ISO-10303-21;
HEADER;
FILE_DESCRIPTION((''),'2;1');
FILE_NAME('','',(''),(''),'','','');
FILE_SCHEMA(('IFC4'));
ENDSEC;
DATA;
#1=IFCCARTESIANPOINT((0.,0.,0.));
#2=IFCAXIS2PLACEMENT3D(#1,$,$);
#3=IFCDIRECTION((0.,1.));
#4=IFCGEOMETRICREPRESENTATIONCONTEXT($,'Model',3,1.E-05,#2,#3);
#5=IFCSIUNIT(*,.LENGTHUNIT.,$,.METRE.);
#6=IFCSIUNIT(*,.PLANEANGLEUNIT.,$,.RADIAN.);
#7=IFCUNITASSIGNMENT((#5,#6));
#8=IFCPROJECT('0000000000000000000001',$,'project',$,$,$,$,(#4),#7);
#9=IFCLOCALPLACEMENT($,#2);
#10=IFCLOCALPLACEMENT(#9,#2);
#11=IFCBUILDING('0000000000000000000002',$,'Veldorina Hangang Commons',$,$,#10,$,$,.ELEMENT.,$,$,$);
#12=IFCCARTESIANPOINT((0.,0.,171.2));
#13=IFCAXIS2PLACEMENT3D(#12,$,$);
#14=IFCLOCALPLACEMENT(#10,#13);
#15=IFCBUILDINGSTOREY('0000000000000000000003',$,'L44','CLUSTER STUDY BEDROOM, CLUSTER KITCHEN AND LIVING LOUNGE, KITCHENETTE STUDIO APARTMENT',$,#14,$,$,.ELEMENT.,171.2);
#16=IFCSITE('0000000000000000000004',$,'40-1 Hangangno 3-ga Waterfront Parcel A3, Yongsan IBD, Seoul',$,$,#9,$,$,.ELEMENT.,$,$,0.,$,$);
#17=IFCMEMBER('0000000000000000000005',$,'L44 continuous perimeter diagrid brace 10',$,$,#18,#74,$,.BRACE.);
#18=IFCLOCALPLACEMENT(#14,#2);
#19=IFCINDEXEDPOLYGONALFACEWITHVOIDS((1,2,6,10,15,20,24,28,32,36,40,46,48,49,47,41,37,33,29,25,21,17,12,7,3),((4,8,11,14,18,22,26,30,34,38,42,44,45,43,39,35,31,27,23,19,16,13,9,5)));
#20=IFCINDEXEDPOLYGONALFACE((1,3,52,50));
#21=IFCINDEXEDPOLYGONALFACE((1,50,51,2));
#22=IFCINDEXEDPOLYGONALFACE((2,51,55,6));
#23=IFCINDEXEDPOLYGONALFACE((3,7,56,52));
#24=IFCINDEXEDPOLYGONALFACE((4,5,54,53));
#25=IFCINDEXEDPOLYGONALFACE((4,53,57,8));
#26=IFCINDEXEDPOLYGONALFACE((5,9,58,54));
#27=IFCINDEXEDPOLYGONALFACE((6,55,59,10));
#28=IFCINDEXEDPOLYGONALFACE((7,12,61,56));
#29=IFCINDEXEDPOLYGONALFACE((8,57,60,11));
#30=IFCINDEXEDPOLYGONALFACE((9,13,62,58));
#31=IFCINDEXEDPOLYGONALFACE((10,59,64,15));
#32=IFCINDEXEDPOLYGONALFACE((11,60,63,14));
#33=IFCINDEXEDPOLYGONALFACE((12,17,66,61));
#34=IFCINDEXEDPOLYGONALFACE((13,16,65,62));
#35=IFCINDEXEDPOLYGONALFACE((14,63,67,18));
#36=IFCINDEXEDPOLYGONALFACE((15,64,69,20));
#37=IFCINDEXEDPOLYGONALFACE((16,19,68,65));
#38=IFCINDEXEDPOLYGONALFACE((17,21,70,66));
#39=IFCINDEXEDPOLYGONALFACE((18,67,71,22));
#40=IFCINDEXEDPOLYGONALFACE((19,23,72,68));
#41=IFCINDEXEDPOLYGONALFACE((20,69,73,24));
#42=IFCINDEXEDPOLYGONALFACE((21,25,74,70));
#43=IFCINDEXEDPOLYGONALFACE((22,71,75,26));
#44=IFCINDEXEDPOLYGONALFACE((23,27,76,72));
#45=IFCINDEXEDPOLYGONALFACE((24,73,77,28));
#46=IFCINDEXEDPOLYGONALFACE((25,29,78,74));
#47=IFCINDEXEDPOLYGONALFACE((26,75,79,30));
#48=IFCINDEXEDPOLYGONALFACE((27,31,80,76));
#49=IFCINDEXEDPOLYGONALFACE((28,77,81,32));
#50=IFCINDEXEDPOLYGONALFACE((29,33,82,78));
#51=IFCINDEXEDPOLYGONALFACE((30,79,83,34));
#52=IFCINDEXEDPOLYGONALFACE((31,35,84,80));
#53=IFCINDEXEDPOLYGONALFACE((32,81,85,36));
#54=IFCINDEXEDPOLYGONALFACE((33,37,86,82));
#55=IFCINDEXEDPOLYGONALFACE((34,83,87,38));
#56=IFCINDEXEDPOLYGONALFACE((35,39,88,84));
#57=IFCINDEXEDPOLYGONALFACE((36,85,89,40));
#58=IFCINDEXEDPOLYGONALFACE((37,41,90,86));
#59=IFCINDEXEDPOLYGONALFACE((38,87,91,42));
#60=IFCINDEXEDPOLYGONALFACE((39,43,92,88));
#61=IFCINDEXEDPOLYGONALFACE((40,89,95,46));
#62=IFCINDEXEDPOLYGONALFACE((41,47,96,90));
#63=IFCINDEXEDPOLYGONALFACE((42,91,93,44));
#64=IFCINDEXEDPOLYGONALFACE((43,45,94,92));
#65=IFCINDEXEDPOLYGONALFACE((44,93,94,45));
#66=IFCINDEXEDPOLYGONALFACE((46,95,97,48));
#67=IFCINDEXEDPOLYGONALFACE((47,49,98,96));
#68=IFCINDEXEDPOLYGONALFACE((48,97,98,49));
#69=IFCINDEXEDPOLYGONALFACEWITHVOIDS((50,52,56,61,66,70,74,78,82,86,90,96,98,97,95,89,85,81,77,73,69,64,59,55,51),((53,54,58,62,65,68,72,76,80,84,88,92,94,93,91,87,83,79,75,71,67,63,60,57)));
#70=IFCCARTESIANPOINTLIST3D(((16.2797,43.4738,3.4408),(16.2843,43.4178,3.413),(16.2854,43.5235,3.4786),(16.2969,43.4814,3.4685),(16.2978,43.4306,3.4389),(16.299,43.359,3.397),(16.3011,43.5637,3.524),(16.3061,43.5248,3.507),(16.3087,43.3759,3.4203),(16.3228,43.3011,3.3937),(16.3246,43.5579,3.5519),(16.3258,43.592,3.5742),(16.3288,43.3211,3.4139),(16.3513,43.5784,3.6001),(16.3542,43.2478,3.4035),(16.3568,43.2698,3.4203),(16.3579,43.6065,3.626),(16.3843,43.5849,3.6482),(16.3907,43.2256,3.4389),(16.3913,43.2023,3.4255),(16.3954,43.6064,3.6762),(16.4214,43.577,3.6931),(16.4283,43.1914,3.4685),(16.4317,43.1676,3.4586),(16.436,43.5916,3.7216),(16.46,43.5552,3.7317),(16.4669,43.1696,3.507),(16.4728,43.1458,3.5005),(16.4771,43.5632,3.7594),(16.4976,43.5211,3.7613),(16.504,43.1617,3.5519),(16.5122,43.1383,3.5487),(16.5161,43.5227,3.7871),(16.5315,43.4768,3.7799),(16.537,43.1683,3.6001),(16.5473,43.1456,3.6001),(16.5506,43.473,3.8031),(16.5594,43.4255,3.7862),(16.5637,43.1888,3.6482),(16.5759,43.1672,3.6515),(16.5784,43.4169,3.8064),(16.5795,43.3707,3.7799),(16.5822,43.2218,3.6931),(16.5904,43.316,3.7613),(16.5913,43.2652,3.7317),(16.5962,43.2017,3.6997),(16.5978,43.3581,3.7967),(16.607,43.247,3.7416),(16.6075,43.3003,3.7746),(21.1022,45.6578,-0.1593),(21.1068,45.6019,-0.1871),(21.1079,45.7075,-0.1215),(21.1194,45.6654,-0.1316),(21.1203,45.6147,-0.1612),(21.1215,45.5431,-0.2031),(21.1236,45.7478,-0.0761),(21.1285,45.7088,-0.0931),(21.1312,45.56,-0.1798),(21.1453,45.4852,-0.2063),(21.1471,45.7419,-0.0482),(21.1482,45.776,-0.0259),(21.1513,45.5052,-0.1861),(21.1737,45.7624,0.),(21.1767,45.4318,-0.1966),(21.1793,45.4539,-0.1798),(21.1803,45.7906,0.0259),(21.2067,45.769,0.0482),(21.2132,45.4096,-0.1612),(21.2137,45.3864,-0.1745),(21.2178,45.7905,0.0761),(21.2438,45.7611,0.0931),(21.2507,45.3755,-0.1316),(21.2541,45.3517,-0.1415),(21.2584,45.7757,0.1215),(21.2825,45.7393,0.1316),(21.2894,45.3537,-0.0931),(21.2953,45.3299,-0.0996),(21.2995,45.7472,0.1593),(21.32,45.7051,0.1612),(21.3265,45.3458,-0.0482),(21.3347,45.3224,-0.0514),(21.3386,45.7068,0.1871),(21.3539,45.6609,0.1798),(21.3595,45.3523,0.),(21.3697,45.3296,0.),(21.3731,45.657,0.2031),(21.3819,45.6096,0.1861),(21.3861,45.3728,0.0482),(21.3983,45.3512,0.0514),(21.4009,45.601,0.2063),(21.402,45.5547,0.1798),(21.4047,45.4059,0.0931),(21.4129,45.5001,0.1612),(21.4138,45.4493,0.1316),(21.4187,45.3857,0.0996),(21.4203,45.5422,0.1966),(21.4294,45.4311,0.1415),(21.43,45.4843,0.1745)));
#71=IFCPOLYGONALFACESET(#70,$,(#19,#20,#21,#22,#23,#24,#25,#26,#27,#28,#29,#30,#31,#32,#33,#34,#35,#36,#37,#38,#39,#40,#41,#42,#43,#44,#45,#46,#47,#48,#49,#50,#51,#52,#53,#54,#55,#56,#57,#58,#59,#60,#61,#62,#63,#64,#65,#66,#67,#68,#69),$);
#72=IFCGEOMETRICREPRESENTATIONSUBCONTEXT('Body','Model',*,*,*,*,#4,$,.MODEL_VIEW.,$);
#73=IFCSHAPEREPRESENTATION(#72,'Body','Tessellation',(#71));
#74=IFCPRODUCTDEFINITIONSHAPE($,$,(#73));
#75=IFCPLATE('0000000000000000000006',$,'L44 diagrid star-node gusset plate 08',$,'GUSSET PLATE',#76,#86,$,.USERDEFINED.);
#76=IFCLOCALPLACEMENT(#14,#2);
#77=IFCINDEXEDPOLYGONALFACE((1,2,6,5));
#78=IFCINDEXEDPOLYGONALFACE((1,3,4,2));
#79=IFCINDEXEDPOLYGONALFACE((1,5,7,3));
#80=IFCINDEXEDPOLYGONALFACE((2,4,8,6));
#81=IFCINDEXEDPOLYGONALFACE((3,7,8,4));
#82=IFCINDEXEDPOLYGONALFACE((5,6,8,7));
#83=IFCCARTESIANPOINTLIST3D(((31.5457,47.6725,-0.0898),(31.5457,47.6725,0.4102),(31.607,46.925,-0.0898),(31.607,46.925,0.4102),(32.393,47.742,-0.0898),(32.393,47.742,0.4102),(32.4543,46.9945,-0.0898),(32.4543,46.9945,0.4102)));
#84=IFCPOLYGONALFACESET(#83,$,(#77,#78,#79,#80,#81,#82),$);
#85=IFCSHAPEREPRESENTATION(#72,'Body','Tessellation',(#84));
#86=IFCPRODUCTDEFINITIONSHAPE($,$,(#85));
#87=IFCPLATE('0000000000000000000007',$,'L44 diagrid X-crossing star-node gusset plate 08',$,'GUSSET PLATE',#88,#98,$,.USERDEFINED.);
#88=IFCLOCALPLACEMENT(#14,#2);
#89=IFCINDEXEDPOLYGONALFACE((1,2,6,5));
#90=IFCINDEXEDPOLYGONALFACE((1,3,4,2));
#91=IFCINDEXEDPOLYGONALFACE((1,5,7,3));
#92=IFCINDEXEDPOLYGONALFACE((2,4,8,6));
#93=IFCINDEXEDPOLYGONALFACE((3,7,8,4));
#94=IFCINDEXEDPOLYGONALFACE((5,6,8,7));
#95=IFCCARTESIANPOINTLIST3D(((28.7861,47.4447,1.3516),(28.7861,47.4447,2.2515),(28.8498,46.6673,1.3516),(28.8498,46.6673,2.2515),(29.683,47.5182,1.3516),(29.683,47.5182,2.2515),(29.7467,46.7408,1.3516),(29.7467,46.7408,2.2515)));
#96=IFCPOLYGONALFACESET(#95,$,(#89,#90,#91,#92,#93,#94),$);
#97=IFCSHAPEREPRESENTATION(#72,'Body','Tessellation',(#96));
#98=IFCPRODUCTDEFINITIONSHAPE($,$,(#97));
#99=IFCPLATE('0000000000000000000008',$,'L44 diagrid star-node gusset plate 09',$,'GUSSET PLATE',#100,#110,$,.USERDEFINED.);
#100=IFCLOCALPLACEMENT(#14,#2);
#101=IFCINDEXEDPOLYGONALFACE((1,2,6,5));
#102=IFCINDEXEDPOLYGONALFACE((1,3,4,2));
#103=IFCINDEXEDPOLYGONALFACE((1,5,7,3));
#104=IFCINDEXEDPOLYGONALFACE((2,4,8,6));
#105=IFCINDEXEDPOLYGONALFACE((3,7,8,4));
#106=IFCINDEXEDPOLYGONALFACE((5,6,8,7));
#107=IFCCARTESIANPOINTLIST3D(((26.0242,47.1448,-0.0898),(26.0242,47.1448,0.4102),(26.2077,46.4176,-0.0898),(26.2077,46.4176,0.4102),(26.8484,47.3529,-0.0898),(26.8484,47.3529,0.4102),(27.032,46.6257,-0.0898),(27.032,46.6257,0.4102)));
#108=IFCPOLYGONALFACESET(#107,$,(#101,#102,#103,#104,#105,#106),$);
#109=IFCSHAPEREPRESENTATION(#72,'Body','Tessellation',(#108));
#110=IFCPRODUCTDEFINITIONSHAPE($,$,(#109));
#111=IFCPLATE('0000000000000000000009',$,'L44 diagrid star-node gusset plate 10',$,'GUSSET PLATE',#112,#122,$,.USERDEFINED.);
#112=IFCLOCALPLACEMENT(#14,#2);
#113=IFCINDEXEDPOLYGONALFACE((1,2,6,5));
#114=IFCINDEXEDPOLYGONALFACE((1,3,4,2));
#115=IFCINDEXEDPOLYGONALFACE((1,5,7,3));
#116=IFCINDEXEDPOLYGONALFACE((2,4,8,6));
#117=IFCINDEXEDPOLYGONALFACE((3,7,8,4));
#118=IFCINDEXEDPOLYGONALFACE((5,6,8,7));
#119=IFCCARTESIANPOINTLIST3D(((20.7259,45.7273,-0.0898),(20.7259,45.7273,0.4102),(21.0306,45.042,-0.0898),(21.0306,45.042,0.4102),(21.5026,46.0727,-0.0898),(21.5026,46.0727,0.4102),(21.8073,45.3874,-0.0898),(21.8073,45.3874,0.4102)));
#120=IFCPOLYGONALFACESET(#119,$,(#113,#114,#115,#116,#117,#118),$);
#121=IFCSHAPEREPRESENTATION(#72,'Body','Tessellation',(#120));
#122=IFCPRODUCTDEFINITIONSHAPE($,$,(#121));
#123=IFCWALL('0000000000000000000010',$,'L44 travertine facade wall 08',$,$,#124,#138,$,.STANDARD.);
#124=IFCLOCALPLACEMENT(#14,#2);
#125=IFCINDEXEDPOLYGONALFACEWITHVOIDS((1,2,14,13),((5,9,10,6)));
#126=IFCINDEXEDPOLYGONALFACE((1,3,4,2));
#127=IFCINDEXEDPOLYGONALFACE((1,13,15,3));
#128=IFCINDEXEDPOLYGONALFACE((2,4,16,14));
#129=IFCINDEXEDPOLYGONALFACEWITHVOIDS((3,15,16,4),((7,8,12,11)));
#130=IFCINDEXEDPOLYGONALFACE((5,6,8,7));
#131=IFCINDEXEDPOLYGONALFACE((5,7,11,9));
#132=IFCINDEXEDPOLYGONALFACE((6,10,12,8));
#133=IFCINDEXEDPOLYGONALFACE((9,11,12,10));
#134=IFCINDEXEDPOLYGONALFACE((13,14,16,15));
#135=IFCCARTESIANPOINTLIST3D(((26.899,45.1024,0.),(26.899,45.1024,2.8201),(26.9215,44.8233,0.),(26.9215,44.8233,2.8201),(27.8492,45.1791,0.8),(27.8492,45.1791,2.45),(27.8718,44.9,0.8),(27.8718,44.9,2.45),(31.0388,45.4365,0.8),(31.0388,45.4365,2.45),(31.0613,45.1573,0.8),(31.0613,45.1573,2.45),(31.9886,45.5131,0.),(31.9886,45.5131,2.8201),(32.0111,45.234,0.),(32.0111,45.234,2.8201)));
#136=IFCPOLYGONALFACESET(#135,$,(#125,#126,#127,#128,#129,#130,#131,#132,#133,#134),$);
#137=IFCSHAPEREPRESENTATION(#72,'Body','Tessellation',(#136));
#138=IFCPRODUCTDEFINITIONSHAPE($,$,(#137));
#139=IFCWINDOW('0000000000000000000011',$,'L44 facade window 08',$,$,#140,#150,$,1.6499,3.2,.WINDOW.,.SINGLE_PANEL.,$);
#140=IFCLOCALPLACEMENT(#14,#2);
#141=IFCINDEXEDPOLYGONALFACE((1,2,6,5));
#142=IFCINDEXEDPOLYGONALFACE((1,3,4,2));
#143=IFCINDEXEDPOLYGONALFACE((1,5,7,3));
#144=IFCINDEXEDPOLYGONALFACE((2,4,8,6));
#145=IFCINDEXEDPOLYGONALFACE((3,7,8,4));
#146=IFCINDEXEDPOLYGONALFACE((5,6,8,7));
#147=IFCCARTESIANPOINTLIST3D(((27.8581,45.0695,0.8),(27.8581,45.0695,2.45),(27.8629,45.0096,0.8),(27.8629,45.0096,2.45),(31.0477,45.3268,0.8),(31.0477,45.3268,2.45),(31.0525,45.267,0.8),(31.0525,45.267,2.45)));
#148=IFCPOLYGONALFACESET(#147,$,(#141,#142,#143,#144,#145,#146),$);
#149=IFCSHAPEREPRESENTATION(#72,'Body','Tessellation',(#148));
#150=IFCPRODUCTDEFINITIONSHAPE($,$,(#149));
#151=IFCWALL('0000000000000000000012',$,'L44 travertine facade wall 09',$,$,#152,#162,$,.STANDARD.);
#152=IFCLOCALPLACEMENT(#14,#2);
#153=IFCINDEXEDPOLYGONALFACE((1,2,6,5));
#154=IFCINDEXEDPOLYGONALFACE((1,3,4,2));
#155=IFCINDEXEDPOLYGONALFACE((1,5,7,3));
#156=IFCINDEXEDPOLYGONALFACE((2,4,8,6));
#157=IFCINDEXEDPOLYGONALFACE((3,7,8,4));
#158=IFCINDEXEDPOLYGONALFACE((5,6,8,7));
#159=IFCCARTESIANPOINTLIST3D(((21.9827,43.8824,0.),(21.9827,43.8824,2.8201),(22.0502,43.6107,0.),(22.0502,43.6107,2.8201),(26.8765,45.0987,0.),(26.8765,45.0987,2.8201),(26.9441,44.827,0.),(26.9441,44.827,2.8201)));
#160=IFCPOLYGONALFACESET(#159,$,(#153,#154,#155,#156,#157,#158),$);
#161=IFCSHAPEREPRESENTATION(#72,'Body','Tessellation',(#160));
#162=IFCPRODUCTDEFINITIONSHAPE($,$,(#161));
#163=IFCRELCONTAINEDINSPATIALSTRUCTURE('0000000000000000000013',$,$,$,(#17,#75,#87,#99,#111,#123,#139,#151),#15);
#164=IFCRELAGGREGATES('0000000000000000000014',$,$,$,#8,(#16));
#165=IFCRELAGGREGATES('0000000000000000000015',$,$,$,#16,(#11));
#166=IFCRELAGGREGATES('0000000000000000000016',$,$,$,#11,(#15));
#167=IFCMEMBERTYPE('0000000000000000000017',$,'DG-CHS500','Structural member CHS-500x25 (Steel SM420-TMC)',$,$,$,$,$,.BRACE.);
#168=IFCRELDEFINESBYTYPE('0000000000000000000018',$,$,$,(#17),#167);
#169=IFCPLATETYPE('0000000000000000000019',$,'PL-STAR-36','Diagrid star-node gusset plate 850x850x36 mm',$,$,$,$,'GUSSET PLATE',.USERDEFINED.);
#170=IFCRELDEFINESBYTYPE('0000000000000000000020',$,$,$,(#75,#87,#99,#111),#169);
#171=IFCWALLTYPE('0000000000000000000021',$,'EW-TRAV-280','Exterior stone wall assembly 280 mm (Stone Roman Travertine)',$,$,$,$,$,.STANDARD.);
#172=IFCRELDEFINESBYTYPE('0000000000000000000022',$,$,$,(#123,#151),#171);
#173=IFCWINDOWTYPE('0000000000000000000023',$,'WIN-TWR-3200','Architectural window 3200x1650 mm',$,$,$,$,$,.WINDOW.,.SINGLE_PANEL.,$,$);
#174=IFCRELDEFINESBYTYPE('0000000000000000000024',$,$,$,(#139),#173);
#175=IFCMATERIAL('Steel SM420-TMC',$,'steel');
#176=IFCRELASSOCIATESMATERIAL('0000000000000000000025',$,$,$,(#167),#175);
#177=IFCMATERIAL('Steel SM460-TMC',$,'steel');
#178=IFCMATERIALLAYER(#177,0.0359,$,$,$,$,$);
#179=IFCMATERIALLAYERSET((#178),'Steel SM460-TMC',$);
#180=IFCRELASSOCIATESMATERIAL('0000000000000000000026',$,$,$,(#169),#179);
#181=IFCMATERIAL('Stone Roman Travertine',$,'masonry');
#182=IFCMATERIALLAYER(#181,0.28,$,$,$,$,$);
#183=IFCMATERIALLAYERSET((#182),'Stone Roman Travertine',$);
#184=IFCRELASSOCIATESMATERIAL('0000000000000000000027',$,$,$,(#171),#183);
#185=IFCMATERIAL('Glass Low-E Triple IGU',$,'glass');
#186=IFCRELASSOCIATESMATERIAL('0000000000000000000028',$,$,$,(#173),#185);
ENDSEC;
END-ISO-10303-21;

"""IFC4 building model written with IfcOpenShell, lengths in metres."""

from ifc_helpers import new_model, si_unit, direction, frame, frame_2d, origin, origin_2d, place, context, subcontext, project, spatial, rectangle, hollow_circle, extrude, material, layer, layer_set, material_profile, profile_set, type_object, element, fill, save


model = new_model("IFC4")

# Units and contexts
model_context = context("Model", 3, precision=1e-05, world=origin(), true_north=direction((0.0, 1.0)))
body_context = subcontext(model_context, "Body", "Model", "MODEL_VIEW")
ifc_project = project(units=[si_unit("LENGTHUNIT", "METRE"), si_unit("PLANEANGLEUNIT", "RADIAN")], contexts=[model_context])

# Site, building, storey
site_placement = place(None, origin())
site = spatial("IfcSite", under=ifc_project, at=site_placement, Name="40-1 Hangangno 3-ga Waterfront Parcel A3, Yongsan IBD, Seoul", CompositionType="ELEMENT", RefElevation=0.0)
building_placement = place(site_placement, origin())
building = spatial("IfcBuilding", under=site, at=building_placement, Name="Veldorina Hangang Commons", CompositionType="ELEMENT")
storey_placement = place(building_placement, frame((0.0, 0.0, 171.2)))
storey = spatial("IfcBuildingStorey", under=building, at=storey_placement, Name="L44", Description="CLUSTER STUDY BEDROOM, CLUSTER KITCHEN AND LIVING LOUNGE, KITCHENETTE STUDIO APARTMENT", CompositionType="ELEMENT", Elevation=171.2)

# Shared definitions
ifc_material_1 = material(Name="Steel SM420-TMC", Category="steel")

# Member
ifc_material_profile_1 = material_profile(ifc_material_1, hollow_circle(Radius=0.25, WallThickness=0.0249, at=origin_2d()), Name="CHS-500x25")
ifc_profile_set_1 = profile_set([ifc_material_profile_1], Name="Steel SM420-TMC")
member_type = type_object("IfcMemberType", Name="DG-CHS500", Description="Structural member CHS-500x25 (Steel SM420-TMC)", PredefinedType="BRACE", material=ifc_profile_set_1)
member_1_placement = place(storey_placement, frame((21.2666, 45.5574, 0.0), z_axis=(-0.753264, -0.341148, 0.562326), x_axis=(0.412555, -0.910933, 0.0)))
element("IfcMember", 1, at=member_1_placement, inside=storey, type_object=member_type, Name="L44 continuous perimeter diagrid brace 10", PredefinedType="BRACE", context=body_context, shape_type="SweptSolid", body=[
    extrude(hollow_circle(Radius=0.25, WallThickness=0.0249, at=origin_2d()), origin(), (0.0, 0.0, 1.0), 6.4021),
])

# Plates
ifc_material_2 = material(Name="Steel SM460-TMC", Category="steel")
ifc_layer_1 = layer(ifc_material_2, 0.0359)
ifc_layer_set_1 = layer_set([ifc_layer_1], Name="Steel SM460-TMC")
plate_type = type_object("IfcPlateType", Name="PL-STAR-36", Description="Diagrid star-node gusset plate 850x850x36 mm", ElementType="GUSSET PLATE", PredefinedType="USERDEFINED", material=ifc_layer_set_1)
plate_1_placement = place(storey_placement, frame((32.0, 47.3335, -0.0898), z_axis=(0.0, 0.0, 1.0), x_axis=(-0.99666, -0.08166, 0.0)))
element("IfcPlate", 2, at=plate_1_placement, inside=storey, type_object=plate_type, Name="L44 diagrid star-node gusset plate 08", ObjectType="GUSSET PLATE", PredefinedType="USERDEFINED", context=body_context, shape_type="SweptSolid", body=[
    extrude(rectangle(XDim=0.8501, YDim=0.75, at=origin_2d()), origin(), (0.0, 0.0, 1.0), 0.5),
])
plate_2_placement = place(storey_placement, frame((29.2664, 47.0928, 1.3516), z_axis=(0.0, 0.0, 1.0), x_axis=(-0.99666, -0.08166, 0.0)))
element("IfcPlate", 3, at=plate_2_placement, inside=storey, type_object=plate_type, Name="L44 diagrid X-crossing star-node gusset plate 08", ObjectType="GUSSET PLATE", PredefinedType="USERDEFINED", context=body_context, shape_type="SweptSolid", body=[
    extrude(rectangle(XDim=0.8999, YDim=0.78, at=origin_2d()), origin(), (0.0, 0.0, 1.0), 0.8999),
])
for number, where, z_axis, x_axis, name in (
    (4, (26.5281, 46.8853, -0.0898), (0.0, 0.0, 1.0), (-0.969595, -0.244715, 0.0), "L44 diagrid star-node gusset plate 09"),
    (5, (21.2666, 45.5574, -0.0898), (0.0, 0.0, 1.0), (-0.913737, -0.406306, 0.0), "L44 diagrid star-node gusset plate 10"),
):
    element("IfcPlate", number, at=place(storey_placement, frame(where, z_axis=z_axis, x_axis=x_axis)), inside=storey, type_object=plate_type, Name=name, ObjectType="GUSSET PLATE", PredefinedType="USERDEFINED", context=body_context, shape_type="SweptSolid", body=[
        extrude(rectangle(XDim=0.8501, YDim=0.75, at=origin_2d()), origin(), (0.0, 0.0, 1.0), 0.5),
    ])

# Wall, opening, window
ifc_material_3 = material(Name="Stone Roman Travertine", Category="masonry")
ifc_layer_2 = layer(ifc_material_3, 0.28)
ifc_layer_set_2 = layer_set([ifc_layer_2], Name="Stone Roman Travertine")
wall_type_1 = type_object("IfcWallType", Name="EW-TRAV-280", Description="Exterior stone wall assembly 280 mm (Stone Roman Travertine)", PredefinedType="STANDARD", material=ifc_layer_set_2)
wall_1_placement = place(storey_placement, frame((32.0, 45.3735, 0.0), z_axis=(0.0, 0.0, 1.0), x_axis=(-0.996761, -0.080422, 0.0)))
wall_1 = element("IfcWall", 6, at=wall_1_placement, inside=storey, type_object=wall_type_1, Name="L44 travertine facade wall 08", PredefinedType="STANDARD", context=body_context, shape_type="SweptSolid", body=[
    extrude(rectangle(XDim=5.1062, YDim=0.28, at=frame_2d((2.5532, 0.0))), origin(), (0.0, 0.0, 1.0), 2.8201),
])
opening_1_placement = place(wall_1_placement, frame((0.9529, 0.0, 0.8)))
opening_1 = element("IfcOpeningElement", 7, at=opening_1_placement, cuts=wall_1, PredefinedType="OPENING", context=body_context, shape_type="SweptSolid", body=[
    extrude(rectangle(XDim=3.2, YDim=1.6499, at=frame_2d((1.6001, 0.825))), frame((0.0, 0.1499, 0.0), z_axis=(0.0, -1.0, 0.0), x_axis=(1.0, 0.0, 0.0)), (0.0, 0.0, 1.0), 0.3),
])
ifc_material_4 = material(Name="Glass Low-E Triple IGU", Category="glass")
window_type = type_object("IfcWindowType", Name="WIN-TWR-3200", Description="Architectural window 3200x1650 mm", PartitioningType="SINGLE_PANEL", PredefinedType="WINDOW", material=ifc_material_4)
window_1_placement = place(opening_1_placement, origin())
window_1 = element("IfcWindow", 8, at=window_1_placement, inside=storey, type_object=window_type, Name="L44 facade window 08", OverallHeight=1.6499, OverallWidth=3.2, PartitioningType="SINGLE_PANEL", PredefinedType="WINDOW", context=body_context, shape_type="SweptSolid", body=[
    extrude(rectangle(XDim=3.2, YDim=1.6499, at=frame_2d((1.6001, 0.825))), frame((0.0, 0.03, 0.0), z_axis=(0.0, -1.0, 0.0), x_axis=(1.0, 0.0, 0.0)), (0.0, 0.0, 1.0), 0.0601),
])
fill(opening_1, window_1)

# Wall
wall_2_placement = place(storey_placement, frame((26.9104, 44.9629, 0.0), z_axis=(0.0, 0.0, 1.0), x_axis=(-0.970475, -0.241203, 0.0)))
element("IfcWall", 9, at=wall_2_placement, inside=storey, type_object=wall_type_1, Name="L44 travertine facade wall 09", PredefinedType="STANDARD", context=body_context, shape_type="SweptSolid", body=[
    extrude(rectangle(XDim=5.0427, YDim=0.28, at=frame_2d((2.5215, 0.0))), origin(), (0.0, 0.0, 1.0), 2.8201),
])

save(model, "model.ifc")
